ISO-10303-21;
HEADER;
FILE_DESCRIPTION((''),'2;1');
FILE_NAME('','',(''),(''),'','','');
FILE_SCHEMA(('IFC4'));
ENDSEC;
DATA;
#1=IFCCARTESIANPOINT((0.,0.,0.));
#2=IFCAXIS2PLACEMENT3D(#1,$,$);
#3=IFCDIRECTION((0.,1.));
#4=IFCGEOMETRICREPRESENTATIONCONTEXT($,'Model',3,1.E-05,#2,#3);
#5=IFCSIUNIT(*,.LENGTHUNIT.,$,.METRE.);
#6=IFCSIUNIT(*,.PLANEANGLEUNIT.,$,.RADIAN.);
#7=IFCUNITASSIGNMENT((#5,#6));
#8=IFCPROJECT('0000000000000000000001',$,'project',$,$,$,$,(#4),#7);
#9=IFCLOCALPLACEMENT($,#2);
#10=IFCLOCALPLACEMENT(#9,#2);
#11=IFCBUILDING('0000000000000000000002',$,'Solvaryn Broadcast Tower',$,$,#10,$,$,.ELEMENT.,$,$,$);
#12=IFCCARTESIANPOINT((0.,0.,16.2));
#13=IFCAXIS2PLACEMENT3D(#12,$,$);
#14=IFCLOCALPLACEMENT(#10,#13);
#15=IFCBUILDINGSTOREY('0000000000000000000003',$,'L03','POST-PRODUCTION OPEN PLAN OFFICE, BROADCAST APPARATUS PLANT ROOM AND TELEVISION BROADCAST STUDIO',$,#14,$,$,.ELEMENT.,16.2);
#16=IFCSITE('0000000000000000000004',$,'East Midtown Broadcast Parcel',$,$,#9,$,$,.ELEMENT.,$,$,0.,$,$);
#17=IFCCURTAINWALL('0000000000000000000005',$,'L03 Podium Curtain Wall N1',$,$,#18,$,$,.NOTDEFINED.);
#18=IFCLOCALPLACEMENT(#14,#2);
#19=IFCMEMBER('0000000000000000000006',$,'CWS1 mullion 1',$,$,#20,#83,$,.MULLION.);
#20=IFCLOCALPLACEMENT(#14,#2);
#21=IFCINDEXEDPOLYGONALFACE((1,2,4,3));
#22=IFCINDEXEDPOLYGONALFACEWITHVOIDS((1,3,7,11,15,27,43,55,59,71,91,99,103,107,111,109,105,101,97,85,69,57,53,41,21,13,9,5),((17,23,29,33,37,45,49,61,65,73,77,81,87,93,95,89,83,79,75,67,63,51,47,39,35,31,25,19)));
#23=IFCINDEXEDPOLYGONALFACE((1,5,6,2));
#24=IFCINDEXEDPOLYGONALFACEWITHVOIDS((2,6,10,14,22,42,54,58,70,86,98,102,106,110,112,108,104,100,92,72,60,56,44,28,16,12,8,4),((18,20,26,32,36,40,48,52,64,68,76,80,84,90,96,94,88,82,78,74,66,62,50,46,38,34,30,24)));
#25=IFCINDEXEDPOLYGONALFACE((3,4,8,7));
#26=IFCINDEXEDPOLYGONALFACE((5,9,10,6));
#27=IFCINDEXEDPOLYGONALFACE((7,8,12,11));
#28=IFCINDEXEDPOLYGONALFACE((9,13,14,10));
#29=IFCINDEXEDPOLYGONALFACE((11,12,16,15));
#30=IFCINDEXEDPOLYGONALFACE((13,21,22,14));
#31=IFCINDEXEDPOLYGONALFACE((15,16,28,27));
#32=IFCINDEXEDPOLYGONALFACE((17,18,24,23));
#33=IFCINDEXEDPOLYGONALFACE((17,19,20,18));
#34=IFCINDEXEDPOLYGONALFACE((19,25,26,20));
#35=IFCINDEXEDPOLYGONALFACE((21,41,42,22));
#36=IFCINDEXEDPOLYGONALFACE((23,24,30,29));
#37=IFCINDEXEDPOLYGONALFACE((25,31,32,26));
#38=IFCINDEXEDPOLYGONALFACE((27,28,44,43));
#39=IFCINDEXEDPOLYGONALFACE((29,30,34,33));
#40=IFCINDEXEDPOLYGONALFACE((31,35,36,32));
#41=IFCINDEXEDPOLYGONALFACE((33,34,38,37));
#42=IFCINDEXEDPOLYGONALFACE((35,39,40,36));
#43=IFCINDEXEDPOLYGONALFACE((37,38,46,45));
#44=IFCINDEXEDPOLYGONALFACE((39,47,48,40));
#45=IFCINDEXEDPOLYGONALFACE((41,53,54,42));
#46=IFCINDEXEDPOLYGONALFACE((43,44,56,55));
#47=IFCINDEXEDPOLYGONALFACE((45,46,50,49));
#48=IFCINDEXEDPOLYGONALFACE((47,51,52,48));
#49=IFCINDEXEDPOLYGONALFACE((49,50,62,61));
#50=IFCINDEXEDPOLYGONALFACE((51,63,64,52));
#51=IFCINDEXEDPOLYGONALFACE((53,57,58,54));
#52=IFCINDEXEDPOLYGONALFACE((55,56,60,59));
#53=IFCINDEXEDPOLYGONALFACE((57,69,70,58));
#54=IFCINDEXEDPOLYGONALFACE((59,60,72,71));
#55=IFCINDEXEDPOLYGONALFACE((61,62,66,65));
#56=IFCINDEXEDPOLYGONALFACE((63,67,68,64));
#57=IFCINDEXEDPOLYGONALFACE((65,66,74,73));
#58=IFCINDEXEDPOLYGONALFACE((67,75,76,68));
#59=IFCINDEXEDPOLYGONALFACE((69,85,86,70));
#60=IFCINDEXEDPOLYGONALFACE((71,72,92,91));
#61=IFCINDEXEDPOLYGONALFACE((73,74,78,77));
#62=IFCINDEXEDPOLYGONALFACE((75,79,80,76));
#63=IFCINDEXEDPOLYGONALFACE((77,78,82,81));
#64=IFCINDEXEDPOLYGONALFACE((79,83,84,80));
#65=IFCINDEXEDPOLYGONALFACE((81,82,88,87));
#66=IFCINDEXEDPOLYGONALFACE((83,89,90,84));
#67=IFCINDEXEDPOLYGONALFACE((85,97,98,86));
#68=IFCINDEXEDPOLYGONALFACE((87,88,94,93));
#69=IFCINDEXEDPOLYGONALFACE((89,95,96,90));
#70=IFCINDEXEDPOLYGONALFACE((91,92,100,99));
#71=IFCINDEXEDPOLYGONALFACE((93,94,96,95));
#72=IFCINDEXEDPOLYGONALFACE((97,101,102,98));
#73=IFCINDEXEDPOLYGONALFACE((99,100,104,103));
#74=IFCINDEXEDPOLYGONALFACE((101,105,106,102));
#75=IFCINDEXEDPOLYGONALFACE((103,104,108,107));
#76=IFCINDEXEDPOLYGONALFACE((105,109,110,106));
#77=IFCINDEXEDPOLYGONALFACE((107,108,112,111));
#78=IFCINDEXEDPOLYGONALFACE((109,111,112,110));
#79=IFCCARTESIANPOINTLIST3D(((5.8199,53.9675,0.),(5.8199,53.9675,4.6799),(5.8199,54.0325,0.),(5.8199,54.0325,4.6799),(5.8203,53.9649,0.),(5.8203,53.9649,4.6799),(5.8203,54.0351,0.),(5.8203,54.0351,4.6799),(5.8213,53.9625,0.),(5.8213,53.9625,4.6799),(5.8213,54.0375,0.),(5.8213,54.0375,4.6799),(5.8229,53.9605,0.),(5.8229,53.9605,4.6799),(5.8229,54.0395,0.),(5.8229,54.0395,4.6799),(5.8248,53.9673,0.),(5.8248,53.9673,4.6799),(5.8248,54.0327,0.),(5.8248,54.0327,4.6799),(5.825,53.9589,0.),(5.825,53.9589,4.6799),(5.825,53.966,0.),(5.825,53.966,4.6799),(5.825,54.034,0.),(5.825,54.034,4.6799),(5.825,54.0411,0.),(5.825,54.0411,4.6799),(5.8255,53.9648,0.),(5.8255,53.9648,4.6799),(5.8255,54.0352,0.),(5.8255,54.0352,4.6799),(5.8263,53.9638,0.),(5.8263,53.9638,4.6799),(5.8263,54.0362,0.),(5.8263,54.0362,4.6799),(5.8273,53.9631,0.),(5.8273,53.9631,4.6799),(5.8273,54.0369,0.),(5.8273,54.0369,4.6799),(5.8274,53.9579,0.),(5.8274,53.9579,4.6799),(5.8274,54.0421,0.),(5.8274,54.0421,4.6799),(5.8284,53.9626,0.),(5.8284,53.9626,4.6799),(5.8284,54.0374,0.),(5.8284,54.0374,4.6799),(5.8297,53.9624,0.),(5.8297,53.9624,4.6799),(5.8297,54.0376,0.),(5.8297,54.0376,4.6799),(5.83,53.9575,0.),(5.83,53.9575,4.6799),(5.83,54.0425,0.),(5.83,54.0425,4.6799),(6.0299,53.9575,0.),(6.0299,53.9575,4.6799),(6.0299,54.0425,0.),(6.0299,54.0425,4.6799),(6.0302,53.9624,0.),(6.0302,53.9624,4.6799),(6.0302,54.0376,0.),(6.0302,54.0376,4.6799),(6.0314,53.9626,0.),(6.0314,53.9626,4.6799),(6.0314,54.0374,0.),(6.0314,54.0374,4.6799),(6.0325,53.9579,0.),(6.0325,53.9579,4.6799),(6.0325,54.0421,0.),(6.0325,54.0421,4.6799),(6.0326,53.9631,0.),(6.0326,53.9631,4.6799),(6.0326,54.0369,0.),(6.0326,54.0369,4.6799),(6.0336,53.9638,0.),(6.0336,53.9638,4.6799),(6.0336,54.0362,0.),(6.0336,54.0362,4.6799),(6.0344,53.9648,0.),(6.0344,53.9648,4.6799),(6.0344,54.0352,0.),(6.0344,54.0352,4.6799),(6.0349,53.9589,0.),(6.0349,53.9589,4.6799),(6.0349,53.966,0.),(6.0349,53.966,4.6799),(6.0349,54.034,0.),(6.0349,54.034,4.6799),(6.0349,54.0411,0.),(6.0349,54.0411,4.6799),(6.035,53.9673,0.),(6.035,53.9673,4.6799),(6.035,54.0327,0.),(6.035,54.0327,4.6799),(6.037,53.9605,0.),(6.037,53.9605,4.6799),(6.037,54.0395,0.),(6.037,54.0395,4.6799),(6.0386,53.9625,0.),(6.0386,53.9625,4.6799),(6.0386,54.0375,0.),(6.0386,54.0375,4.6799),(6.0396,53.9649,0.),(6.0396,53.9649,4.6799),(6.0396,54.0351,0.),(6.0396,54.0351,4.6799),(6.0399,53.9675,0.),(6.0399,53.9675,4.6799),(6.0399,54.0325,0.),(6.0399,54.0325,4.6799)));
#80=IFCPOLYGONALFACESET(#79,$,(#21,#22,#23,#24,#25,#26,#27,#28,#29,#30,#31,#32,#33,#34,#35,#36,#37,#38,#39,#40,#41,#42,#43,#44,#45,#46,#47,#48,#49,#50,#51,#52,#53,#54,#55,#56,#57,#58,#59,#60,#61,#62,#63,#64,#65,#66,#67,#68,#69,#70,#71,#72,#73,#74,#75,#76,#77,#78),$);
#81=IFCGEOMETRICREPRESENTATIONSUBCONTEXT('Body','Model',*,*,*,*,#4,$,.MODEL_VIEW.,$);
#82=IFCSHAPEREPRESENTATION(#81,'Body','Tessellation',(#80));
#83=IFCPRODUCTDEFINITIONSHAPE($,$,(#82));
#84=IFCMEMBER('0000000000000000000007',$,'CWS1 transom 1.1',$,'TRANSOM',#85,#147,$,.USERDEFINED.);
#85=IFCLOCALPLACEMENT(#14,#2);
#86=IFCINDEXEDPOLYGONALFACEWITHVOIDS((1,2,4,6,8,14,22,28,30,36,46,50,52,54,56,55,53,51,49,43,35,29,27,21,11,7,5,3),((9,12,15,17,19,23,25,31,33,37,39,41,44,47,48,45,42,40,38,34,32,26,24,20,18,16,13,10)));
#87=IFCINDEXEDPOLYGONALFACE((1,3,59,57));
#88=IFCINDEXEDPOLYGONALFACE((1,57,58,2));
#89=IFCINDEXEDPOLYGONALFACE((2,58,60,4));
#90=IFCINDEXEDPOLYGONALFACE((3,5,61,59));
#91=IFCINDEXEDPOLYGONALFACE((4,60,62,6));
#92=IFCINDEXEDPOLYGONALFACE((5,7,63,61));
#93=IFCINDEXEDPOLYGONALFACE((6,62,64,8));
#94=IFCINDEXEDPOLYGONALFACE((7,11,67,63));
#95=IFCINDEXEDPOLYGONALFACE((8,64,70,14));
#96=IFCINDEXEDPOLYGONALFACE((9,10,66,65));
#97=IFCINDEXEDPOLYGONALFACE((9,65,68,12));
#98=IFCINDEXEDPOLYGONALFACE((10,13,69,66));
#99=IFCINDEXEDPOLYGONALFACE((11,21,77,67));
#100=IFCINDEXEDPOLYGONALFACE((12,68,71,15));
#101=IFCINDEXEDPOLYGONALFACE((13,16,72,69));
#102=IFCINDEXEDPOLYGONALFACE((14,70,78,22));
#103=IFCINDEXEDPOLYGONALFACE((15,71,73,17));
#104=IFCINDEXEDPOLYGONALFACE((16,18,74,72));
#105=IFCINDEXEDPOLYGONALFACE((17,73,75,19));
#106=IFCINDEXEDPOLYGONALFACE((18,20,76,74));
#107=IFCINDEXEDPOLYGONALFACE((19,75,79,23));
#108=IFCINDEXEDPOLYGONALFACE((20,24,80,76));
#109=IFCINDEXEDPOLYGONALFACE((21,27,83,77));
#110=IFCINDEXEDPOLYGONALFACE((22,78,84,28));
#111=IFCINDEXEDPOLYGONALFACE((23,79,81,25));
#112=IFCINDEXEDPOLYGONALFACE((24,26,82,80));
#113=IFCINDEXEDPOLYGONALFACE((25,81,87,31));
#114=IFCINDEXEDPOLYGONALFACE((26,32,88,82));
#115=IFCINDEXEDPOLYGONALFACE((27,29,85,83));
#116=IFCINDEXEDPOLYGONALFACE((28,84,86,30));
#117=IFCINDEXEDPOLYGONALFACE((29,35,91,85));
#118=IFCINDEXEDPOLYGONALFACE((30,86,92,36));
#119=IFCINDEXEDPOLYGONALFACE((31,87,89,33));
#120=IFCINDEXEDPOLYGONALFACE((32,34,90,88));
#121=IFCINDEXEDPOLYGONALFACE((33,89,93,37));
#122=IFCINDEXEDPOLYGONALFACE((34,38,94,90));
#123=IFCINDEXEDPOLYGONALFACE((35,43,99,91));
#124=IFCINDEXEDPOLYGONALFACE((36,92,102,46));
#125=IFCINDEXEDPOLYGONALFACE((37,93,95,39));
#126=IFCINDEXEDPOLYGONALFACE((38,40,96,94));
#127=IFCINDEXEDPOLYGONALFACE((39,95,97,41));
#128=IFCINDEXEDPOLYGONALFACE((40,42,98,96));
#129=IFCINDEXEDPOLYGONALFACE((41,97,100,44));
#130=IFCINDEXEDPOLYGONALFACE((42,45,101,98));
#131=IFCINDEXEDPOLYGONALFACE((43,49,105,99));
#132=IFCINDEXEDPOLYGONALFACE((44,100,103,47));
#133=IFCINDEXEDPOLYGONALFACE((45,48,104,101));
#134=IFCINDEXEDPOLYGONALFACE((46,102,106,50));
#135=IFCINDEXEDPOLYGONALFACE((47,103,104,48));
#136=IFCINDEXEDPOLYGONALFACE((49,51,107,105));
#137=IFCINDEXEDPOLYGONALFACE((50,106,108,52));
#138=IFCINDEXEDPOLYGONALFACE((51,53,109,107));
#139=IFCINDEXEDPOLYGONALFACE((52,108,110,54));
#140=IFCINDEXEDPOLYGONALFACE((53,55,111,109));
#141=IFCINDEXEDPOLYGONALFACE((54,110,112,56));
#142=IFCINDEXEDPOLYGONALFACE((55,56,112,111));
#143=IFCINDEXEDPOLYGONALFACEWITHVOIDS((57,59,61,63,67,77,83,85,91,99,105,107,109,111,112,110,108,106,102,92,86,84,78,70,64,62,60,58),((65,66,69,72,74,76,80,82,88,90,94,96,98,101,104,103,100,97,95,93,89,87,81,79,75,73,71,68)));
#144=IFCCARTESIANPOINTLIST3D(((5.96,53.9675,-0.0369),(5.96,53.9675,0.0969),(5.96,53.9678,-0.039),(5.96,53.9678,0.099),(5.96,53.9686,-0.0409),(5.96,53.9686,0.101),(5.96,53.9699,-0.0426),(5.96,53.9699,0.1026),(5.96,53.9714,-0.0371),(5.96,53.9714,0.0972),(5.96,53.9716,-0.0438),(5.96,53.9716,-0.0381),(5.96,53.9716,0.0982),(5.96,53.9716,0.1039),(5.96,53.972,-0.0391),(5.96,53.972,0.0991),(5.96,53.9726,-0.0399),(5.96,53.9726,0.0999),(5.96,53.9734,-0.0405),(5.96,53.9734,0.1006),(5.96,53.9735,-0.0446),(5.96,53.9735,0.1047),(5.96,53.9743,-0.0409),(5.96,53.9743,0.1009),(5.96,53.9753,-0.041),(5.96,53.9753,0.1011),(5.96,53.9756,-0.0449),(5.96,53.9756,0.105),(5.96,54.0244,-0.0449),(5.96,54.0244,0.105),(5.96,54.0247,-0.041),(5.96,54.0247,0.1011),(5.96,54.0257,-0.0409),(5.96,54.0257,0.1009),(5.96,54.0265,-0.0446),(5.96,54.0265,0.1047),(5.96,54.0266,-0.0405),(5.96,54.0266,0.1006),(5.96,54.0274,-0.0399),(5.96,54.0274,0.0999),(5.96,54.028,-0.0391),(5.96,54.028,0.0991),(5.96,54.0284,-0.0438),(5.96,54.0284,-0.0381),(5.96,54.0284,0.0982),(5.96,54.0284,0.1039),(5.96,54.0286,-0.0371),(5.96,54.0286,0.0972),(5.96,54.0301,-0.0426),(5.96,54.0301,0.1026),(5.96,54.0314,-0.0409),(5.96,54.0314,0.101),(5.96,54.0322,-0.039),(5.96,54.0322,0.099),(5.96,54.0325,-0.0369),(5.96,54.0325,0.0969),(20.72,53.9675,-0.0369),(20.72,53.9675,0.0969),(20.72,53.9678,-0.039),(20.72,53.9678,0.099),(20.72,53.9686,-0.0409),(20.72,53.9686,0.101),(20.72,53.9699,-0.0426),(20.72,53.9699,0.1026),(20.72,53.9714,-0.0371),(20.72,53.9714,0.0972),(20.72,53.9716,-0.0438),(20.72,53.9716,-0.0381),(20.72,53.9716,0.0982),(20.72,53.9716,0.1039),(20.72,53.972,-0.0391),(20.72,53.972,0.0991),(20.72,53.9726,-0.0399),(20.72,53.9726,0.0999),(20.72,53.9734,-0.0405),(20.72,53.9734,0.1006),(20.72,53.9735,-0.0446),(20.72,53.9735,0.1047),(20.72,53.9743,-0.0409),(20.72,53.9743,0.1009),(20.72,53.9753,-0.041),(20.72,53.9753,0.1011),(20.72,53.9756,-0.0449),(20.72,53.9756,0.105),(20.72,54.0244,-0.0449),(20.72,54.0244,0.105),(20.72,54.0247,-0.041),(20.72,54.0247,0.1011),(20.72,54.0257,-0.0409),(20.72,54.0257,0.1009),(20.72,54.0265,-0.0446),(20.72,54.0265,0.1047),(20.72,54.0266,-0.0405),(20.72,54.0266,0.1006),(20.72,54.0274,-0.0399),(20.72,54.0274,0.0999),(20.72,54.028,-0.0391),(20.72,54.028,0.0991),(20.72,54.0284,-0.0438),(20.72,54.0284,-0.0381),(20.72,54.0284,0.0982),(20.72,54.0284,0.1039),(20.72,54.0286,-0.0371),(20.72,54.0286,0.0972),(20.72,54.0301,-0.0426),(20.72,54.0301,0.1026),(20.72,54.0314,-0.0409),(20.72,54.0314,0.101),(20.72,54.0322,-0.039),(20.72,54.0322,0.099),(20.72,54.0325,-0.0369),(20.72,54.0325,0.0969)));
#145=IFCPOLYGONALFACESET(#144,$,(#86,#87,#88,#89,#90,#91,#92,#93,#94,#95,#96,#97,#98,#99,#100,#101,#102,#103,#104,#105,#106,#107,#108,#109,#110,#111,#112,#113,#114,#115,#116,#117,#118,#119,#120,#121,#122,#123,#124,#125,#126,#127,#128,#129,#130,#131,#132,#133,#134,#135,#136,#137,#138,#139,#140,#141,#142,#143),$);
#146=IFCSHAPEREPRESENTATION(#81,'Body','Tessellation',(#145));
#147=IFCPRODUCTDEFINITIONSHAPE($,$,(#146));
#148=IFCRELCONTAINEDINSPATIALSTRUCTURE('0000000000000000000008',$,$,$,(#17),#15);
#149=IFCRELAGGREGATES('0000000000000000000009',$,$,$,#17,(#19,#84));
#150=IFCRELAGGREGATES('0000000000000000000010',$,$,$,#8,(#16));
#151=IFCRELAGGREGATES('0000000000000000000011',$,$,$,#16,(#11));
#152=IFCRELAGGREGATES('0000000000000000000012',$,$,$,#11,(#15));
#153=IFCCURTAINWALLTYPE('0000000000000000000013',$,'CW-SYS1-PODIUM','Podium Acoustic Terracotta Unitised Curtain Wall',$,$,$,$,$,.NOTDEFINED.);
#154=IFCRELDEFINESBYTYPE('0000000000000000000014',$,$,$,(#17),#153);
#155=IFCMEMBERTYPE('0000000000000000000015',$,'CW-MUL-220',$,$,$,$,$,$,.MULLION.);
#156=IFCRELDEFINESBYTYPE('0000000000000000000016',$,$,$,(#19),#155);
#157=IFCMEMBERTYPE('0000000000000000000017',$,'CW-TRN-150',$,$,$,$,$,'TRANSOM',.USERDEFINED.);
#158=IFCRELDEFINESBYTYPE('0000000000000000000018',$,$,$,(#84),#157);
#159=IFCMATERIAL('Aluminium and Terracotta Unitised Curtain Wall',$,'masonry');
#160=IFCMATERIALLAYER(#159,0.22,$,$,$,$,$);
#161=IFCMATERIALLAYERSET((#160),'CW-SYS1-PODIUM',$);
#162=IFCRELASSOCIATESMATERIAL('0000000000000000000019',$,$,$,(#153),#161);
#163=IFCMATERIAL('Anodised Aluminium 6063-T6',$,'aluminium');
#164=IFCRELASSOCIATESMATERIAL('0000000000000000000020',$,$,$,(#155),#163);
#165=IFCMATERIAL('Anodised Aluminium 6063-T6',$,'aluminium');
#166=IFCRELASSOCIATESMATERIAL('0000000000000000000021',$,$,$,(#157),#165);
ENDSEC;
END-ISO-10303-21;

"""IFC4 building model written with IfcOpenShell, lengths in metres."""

from ifc_helpers import new_model, si_unit, direction, frame, origin, origin_2d, place, context, subcontext, project, spatial, hollow_rectangle, extrude, material, layer, layer_set, material_profile, profile_set, type_object, element, aggregate, save


model = new_model("IFC4")

# Units and contexts
model_context = context("Model", 3, precision=1e-05, world=origin(), true_north=direction((0.0, 1.0)))
body_context = subcontext(model_context, "Body", "Model", "MODEL_VIEW")
ifc_project = project(units=[si_unit("LENGTHUNIT", "METRE"), si_unit("PLANEANGLEUNIT", "RADIAN")], contexts=[model_context])

# Site, building, storey
site_placement = place(None, origin())
site = spatial("IfcSite", under=ifc_project, at=site_placement, Name="East Midtown Broadcast Parcel", CompositionType="ELEMENT", RefElevation=0.0)
building_placement = place(site_placement, origin())
building = spatial("IfcBuilding", under=site, at=building_placement, Name="Solvaryn Broadcast Tower", CompositionType="ELEMENT")
storey_placement = place(building_placement, frame((0.0, 0.0, 16.2)))
storey = spatial("IfcBuildingStorey", under=building, at=storey_placement, Name="L03", Description="POST-PRODUCTION OPEN PLAN OFFICE, BROADCAST APPARATUS PLANT ROOM AND TELEVISION BROADCAST STUDIO", CompositionType="ELEMENT", Elevation=16.2)

# Curtain wall, members
ifc_material_1 = material(Name="Aluminium and Terracotta Unitised Curtain Wall", Category="masonry")
ifc_layer_1 = layer(ifc_material_1, 0.22)
ifc_layer_set_1 = layer_set([ifc_layer_1], Name="CW-SYS1-PODIUM")
curtain_wall_type = type_object("IfcCurtainWallType", Name="CW-SYS1-PODIUM", Description="Podium Acoustic Terracotta Unitised Curtain Wall", PredefinedType="NOTDEFINED", material=ifc_layer_set_1)
curtain_wall_placement = place(storey_placement, origin())
curtain_wall = element("IfcCurtainWall", 1, at=curtain_wall_placement, inside=storey, type_object=curtain_wall_type, Name="L03 Podium Curtain Wall N1", PredefinedType="NOTDEFINED")
ifc_material_2 = material(Name="Anodised Aluminium 6063-T6", Category="aluminium")
ifc_material_profile_1 = material_profile(ifc_material_2, hollow_rectangle(XDim=0.085, YDim=0.22, WallThickness=0.0049, InnerFilletRadius=0.0049, OuterFilletRadius=0.01, at=origin_2d()))
ifc_profile_set_1 = profile_set([ifc_material_profile_1], Name="Anodised Aluminium 6063-T6")
member_type_1 = type_object("IfcMemberType", Name="CW-MUL-220", PredefinedType="MULLION", material=ifc_profile_set_1)
member_1_placement = place(storey_placement, frame((5.9299, 54.0, 0.0), z_axis=(0.0, 0.0, 1.0), x_axis=(0.0, 1.0, 0.0)))
member_1 = element("IfcMember", 2, at=member_1_placement, type_object=member_type_1, Name="CWS1 mullion 1", PredefinedType="MULLION", context=body_context, shape_type="SweptSolid", body=[
    extrude(hollow_rectangle(XDim=0.085, YDim=0.22, WallThickness=0.0049, InnerFilletRadius=0.0049, OuterFilletRadius=0.01, at=origin_2d()), origin(), (0.0, 0.0, 1.0), 4.6799),
])
ifc_material_3 = material(Name="Anodised Aluminium 6063-T6", Category="aluminium")
ifc_material_profile_2 = material_profile(ifc_material_3, hollow_rectangle(XDim=0.0649, YDim=0.1499, WallThickness=0.0039, InnerFilletRadius=0.0039, OuterFilletRadius=0.0081, at=origin_2d()))
ifc_profile_set_2 = profile_set([ifc_material_profile_2], Name="Anodised Aluminium 6063-T6")
member_type_2 = type_object("IfcMemberType", Name="CW-TRN-150", ElementType="TRANSOM", PredefinedType="USERDEFINED", material=ifc_profile_set_2)
member_2_placement = place(storey_placement, frame((5.96, 54.0, 0.03), z_axis=(1.0, 0.0, 0.0), x_axis=(0.0, 1.0, 0.0)))
member_2 = element("IfcMember", 3, at=member_2_placement, type_object=member_type_2, Name="CWS1 transom 1.1", ObjectType="TRANSOM", PredefinedType="USERDEFINED", context=body_context, shape_type="SweptSolid", body=[
    extrude(hollow_rectangle(XDim=0.0649, YDim=0.1499, WallThickness=0.0039, InnerFilletRadius=0.0039, OuterFilletRadius=0.0081, at=origin_2d()), origin(), (0.0, 0.0, 1.0), 14.76),
])
aggregate(curtain_wall, [member_1, member_2])

save(model, "model.ifc")
